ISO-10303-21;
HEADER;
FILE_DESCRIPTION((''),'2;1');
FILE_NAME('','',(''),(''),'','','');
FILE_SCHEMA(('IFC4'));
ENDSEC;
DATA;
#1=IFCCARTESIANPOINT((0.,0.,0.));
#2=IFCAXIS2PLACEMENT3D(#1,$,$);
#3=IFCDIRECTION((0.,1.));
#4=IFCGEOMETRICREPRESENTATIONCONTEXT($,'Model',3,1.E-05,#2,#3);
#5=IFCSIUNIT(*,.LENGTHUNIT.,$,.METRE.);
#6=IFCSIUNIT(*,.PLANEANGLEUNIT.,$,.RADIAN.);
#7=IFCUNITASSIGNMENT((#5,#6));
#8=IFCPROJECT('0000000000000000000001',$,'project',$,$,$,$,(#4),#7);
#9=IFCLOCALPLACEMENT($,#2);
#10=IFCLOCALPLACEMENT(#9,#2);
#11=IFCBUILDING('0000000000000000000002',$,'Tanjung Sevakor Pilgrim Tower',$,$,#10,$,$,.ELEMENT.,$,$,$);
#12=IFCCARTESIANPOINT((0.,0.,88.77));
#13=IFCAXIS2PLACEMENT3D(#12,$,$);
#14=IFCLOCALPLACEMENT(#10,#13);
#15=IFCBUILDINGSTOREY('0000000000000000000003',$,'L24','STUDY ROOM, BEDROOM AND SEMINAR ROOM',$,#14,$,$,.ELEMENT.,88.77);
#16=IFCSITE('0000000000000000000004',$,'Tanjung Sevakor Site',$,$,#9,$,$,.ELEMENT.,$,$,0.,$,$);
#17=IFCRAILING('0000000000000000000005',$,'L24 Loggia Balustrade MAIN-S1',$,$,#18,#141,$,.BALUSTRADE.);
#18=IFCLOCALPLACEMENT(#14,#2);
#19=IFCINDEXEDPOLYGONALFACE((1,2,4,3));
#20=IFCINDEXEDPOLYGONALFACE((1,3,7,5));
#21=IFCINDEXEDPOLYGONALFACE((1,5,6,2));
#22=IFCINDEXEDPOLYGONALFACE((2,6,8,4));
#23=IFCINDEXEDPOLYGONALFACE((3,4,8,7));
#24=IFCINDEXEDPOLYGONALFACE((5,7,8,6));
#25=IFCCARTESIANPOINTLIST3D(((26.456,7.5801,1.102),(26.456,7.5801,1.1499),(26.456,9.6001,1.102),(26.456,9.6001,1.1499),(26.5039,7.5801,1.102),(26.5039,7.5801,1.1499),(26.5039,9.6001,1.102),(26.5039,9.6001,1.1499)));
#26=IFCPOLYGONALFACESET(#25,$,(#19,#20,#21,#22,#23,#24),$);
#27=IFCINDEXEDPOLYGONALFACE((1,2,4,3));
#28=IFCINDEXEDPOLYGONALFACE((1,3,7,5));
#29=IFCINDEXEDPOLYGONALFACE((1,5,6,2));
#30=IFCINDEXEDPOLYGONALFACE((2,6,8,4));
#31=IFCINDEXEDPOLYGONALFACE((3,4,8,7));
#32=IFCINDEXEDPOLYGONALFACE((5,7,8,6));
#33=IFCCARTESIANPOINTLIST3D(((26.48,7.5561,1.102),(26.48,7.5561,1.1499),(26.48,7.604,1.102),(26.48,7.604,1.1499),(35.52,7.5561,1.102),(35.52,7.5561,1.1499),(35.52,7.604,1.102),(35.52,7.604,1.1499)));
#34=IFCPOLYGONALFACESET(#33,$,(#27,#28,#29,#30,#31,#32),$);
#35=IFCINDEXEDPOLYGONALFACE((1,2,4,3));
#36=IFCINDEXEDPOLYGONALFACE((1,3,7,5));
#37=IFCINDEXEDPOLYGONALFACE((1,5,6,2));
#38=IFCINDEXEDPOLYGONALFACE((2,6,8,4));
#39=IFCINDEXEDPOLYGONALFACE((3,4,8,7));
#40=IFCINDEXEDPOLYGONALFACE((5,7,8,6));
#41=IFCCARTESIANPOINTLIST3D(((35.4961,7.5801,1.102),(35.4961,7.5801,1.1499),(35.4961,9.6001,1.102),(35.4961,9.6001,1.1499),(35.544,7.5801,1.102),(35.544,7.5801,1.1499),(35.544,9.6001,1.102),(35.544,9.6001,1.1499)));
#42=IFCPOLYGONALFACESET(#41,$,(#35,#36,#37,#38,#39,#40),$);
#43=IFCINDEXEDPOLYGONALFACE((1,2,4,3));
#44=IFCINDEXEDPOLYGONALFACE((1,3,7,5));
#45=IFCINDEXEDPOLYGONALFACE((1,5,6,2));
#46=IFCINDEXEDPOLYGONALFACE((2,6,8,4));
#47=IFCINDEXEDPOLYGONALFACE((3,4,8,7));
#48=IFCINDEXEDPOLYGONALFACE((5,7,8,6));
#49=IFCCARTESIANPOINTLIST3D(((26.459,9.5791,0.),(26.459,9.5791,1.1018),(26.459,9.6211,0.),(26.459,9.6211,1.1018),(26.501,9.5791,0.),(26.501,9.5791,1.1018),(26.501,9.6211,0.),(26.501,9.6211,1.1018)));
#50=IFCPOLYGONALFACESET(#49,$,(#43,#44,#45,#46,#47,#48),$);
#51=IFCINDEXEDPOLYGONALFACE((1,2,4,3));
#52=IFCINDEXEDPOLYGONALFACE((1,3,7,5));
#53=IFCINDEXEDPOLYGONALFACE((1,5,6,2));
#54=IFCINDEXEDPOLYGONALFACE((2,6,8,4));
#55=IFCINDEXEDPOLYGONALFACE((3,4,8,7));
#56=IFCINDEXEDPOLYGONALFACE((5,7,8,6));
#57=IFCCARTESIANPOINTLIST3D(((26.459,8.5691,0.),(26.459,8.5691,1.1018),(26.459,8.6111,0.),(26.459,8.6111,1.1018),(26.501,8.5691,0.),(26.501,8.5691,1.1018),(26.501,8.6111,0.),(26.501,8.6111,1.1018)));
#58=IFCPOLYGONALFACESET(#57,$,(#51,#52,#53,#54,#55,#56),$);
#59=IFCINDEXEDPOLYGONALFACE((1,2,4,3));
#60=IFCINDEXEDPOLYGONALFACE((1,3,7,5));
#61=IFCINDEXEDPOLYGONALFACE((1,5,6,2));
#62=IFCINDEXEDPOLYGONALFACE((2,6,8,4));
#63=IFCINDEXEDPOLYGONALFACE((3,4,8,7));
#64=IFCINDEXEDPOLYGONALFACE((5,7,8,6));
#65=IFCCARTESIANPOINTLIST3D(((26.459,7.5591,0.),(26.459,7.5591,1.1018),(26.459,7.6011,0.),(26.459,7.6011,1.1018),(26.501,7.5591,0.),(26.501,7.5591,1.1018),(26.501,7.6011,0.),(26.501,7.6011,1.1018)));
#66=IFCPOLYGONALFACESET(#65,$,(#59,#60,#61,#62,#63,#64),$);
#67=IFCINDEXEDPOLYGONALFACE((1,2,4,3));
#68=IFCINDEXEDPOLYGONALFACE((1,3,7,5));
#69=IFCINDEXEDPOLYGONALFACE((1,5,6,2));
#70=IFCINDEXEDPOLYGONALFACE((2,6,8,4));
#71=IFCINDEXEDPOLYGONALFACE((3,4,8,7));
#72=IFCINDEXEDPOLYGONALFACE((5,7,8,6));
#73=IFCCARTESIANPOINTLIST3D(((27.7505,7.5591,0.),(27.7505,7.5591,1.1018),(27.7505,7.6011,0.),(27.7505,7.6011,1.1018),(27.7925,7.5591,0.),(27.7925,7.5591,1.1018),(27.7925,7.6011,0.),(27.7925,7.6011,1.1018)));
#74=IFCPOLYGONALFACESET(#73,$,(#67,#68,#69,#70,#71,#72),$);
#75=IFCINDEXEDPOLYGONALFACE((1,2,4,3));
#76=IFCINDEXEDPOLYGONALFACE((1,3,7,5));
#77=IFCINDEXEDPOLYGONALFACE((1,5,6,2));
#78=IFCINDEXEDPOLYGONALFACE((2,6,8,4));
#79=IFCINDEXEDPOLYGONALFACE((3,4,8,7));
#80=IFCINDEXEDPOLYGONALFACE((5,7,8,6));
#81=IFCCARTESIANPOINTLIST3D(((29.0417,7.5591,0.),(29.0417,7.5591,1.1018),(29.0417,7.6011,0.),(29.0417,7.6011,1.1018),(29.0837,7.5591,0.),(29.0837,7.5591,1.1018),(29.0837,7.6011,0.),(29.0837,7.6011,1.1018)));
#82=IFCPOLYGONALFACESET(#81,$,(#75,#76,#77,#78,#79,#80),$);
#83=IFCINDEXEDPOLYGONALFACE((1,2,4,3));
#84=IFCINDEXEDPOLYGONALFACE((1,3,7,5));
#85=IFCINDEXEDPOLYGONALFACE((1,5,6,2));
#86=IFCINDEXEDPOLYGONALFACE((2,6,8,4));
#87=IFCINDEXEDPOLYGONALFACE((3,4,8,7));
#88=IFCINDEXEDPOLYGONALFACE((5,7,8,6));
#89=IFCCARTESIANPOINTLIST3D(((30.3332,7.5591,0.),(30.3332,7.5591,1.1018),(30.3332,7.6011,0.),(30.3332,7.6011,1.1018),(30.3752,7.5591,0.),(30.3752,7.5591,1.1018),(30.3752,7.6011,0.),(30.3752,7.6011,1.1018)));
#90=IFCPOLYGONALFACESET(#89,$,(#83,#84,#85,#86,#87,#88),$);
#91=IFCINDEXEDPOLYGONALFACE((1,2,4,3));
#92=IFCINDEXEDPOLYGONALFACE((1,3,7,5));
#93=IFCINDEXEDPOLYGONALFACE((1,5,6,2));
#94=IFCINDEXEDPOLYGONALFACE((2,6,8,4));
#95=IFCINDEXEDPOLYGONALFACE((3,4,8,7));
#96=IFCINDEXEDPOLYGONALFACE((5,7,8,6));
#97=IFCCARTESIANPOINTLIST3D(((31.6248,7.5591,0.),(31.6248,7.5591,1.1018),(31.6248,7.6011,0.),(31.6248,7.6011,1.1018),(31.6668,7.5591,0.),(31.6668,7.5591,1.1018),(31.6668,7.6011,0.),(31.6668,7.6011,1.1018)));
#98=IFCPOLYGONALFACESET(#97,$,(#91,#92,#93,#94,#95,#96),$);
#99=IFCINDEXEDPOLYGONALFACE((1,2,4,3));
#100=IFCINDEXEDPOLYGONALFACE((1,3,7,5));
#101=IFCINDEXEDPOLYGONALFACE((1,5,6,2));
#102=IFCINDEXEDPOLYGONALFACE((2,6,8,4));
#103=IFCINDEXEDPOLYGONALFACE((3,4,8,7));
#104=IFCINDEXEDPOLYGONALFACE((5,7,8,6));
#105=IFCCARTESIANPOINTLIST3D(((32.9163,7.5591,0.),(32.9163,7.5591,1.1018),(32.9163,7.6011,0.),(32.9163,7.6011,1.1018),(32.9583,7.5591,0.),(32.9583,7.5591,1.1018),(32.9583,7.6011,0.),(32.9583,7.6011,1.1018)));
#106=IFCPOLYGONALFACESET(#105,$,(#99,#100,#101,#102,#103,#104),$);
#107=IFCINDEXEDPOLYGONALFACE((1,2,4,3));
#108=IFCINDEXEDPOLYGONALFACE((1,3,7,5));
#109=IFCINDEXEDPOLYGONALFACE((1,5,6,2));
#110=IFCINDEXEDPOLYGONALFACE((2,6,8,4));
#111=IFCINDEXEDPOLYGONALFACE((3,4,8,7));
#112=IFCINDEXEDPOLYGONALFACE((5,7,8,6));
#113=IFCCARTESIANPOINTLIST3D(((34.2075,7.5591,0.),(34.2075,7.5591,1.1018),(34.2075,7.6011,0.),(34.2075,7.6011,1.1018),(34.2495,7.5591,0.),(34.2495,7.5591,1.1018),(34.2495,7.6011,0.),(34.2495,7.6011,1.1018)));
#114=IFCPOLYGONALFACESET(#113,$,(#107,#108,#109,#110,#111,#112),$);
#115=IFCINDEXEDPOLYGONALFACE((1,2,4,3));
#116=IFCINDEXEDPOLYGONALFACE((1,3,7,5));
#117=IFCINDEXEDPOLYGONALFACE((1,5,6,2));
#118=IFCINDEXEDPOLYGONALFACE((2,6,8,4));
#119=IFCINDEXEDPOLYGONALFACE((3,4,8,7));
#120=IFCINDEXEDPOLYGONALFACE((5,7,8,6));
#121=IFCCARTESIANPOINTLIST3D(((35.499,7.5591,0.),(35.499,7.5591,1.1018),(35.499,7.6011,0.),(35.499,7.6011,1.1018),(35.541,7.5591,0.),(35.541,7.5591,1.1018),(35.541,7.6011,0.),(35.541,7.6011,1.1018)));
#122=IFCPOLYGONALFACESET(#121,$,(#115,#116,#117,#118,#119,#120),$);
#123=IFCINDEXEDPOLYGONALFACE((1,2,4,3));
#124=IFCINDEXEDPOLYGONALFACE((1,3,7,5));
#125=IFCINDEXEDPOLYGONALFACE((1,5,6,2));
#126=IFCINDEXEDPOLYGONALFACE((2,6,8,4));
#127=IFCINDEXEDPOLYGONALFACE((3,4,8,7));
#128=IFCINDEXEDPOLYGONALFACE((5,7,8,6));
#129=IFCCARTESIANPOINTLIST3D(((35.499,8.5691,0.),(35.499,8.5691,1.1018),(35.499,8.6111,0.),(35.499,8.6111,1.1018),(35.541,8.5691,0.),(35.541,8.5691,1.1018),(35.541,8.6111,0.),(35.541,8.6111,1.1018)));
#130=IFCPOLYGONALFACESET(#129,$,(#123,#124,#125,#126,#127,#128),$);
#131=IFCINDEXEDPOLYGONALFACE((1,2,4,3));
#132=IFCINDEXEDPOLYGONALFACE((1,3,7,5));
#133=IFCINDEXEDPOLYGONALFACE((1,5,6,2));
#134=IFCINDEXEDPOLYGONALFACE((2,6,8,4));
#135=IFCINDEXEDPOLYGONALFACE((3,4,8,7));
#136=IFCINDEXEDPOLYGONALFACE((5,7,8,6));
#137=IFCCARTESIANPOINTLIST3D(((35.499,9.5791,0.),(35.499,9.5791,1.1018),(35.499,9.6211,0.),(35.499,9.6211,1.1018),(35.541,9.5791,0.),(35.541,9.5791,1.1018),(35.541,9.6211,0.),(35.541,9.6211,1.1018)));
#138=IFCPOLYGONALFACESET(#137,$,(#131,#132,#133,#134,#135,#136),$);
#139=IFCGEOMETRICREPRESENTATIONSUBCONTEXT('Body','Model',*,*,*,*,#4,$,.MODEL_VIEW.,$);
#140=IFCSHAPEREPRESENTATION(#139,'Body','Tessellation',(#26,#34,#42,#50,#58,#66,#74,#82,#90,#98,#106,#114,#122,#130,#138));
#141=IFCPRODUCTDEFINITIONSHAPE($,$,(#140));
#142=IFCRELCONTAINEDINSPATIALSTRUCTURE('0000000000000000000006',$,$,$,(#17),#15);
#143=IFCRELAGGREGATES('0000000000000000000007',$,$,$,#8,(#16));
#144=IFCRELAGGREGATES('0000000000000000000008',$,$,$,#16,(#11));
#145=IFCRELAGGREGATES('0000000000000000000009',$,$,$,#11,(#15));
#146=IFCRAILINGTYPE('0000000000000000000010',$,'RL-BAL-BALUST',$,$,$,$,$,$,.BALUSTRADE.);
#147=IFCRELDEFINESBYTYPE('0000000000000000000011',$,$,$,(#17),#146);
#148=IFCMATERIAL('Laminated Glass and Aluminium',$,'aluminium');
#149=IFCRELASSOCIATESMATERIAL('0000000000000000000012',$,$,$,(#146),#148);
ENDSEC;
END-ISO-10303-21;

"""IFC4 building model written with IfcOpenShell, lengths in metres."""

from ifc_helpers import new_model, si_unit, direction, frame, origin, place, context, subcontext, project, spatial, rectangle, extrude, material, type_object, element, save


model = new_model("IFC4")

# Units and contexts
model_context = context("Model", 3, precision=1e-05, world=origin(), true_north=direction((0.0, 1.0)))
body_context = subcontext(model_context, "Body", "Model", "MODEL_VIEW")
ifc_project = project(units=[si_unit("LENGTHUNIT", "METRE"), si_unit("PLANEANGLEUNIT", "RADIAN")], contexts=[model_context])

# Site, building, storey
site_placement = place(None, origin())
site = spatial("IfcSite", under=ifc_project, at=site_placement, Name="Tanjung Sevakor Site", CompositionType="ELEMENT", RefElevation=0.0)
building_placement = place(site_placement, origin())
building = spatial("IfcBuilding", under=site, at=building_placement, Name="Tanjung Sevakor Pilgrim Tower", CompositionType="ELEMENT")
storey_placement = place(building_placement, frame((0.0, 0.0, 88.77)))
storey = spatial("IfcBuildingStorey", under=building, at=storey_placement, Name="L24", Description="STUDY ROOM, BEDROOM AND SEMINAR ROOM", CompositionType="ELEMENT", Elevation=88.77)

# Railing
ifc_material_1 = material(Name="Laminated Glass and Aluminium", Category="aluminium")
railing_type = type_object("IfcRailingType", Name="RL-BAL-BALUST", PredefinedType="BALUSTRADE", material=ifc_material_1)
railing_placement = place(storey_placement, frame((26.48, 9.6001, 0.0)))
element("IfcRailing", 1, at=railing_placement, inside=storey, type_object=railing_type, Name="L24 Loggia Balustrade MAIN-S1", PredefinedType="BALUSTRADE", context=body_context, shape_type="SweptSolid", body=[
    extrude(rectangle(XDim=0.0479, YDim=0.0479), frame((0.0, 0.0, 1.126), z_axis=(0.0, -1.0, 0.0), x_axis=(1.0, 0.0, 0.0)), (0.0, 0.0, 1.0), 2.02),
    extrude(rectangle(XDim=0.0479, YDim=0.0479), frame((0.0, -2.02, 1.126), z_axis=(1.0, 0.0, 0.0), x_axis=(0.0, 1.0, 0.0)), (0.0, 0.0, 1.0), 9.04),
    extrude(rectangle(XDim=0.0479, YDim=0.0479), frame((9.04, -2.02, 1.126), z_axis=(0.0, 1.0, 0.0), x_axis=(-1.0, 0.0, 0.0)), (0.0, 0.0, 1.0), 2.02),
    extrude(rectangle(XDim=0.042, YDim=0.042), origin(), (0.0, 0.0, 1.0), 1.1018),
    extrude(rectangle(XDim=0.042, YDim=0.042), frame((0.0, -1.01, 0.0)), (0.0, 0.0, 1.0), 1.1018),
    extrude(rectangle(XDim=0.042, YDim=0.042), frame((0.0, -2.02, 0.0)), (0.0, 0.0, 1.0), 1.1018),
    extrude(rectangle(XDim=0.042, YDim=0.042), frame((1.2915, -2.02, 0.0)), (0.0, 0.0, 1.0), 1.1018),
    extrude(rectangle(XDim=0.042, YDim=0.042), frame((2.5828, -2.02, 0.0)), (0.0, 0.0, 1.0), 1.1018),
    extrude(rectangle(XDim=0.042, YDim=0.042), frame((3.8743, -2.02, 0.0)), (0.0, 0.0, 1.0), 1.1018),
    extrude(rectangle(XDim=0.042, YDim=0.042), frame((5.1658, -2.02, 0.0)), (0.0, 0.0, 1.0), 1.1018),
    extrude(rectangle(XDim=0.042, YDim=0.042), frame((6.4573, -2.02, 0.0)), (0.0, 0.0, 1.0), 1.1018),
    extrude(rectangle(XDim=0.042, YDim=0.042), frame((7.7485, -2.02, 0.0)), (0.0, 0.0, 1.0), 1.1018),
    extrude(rectangle(XDim=0.042, YDim=0.042), frame((9.04, -2.02, 0.0)), (0.0, 0.0, 1.0), 1.1018),
    extrude(rectangle(XDim=0.042, YDim=0.042), frame((9.04, -1.01, 0.0)), (0.0, 0.0, 1.0), 1.1018),
    extrude(rectangle(XDim=0.042, YDim=0.042), frame((9.04, 0.0, 0.0)), (0.0, 0.0, 1.0), 1.1018),
])

save(model, "model.ifc")
